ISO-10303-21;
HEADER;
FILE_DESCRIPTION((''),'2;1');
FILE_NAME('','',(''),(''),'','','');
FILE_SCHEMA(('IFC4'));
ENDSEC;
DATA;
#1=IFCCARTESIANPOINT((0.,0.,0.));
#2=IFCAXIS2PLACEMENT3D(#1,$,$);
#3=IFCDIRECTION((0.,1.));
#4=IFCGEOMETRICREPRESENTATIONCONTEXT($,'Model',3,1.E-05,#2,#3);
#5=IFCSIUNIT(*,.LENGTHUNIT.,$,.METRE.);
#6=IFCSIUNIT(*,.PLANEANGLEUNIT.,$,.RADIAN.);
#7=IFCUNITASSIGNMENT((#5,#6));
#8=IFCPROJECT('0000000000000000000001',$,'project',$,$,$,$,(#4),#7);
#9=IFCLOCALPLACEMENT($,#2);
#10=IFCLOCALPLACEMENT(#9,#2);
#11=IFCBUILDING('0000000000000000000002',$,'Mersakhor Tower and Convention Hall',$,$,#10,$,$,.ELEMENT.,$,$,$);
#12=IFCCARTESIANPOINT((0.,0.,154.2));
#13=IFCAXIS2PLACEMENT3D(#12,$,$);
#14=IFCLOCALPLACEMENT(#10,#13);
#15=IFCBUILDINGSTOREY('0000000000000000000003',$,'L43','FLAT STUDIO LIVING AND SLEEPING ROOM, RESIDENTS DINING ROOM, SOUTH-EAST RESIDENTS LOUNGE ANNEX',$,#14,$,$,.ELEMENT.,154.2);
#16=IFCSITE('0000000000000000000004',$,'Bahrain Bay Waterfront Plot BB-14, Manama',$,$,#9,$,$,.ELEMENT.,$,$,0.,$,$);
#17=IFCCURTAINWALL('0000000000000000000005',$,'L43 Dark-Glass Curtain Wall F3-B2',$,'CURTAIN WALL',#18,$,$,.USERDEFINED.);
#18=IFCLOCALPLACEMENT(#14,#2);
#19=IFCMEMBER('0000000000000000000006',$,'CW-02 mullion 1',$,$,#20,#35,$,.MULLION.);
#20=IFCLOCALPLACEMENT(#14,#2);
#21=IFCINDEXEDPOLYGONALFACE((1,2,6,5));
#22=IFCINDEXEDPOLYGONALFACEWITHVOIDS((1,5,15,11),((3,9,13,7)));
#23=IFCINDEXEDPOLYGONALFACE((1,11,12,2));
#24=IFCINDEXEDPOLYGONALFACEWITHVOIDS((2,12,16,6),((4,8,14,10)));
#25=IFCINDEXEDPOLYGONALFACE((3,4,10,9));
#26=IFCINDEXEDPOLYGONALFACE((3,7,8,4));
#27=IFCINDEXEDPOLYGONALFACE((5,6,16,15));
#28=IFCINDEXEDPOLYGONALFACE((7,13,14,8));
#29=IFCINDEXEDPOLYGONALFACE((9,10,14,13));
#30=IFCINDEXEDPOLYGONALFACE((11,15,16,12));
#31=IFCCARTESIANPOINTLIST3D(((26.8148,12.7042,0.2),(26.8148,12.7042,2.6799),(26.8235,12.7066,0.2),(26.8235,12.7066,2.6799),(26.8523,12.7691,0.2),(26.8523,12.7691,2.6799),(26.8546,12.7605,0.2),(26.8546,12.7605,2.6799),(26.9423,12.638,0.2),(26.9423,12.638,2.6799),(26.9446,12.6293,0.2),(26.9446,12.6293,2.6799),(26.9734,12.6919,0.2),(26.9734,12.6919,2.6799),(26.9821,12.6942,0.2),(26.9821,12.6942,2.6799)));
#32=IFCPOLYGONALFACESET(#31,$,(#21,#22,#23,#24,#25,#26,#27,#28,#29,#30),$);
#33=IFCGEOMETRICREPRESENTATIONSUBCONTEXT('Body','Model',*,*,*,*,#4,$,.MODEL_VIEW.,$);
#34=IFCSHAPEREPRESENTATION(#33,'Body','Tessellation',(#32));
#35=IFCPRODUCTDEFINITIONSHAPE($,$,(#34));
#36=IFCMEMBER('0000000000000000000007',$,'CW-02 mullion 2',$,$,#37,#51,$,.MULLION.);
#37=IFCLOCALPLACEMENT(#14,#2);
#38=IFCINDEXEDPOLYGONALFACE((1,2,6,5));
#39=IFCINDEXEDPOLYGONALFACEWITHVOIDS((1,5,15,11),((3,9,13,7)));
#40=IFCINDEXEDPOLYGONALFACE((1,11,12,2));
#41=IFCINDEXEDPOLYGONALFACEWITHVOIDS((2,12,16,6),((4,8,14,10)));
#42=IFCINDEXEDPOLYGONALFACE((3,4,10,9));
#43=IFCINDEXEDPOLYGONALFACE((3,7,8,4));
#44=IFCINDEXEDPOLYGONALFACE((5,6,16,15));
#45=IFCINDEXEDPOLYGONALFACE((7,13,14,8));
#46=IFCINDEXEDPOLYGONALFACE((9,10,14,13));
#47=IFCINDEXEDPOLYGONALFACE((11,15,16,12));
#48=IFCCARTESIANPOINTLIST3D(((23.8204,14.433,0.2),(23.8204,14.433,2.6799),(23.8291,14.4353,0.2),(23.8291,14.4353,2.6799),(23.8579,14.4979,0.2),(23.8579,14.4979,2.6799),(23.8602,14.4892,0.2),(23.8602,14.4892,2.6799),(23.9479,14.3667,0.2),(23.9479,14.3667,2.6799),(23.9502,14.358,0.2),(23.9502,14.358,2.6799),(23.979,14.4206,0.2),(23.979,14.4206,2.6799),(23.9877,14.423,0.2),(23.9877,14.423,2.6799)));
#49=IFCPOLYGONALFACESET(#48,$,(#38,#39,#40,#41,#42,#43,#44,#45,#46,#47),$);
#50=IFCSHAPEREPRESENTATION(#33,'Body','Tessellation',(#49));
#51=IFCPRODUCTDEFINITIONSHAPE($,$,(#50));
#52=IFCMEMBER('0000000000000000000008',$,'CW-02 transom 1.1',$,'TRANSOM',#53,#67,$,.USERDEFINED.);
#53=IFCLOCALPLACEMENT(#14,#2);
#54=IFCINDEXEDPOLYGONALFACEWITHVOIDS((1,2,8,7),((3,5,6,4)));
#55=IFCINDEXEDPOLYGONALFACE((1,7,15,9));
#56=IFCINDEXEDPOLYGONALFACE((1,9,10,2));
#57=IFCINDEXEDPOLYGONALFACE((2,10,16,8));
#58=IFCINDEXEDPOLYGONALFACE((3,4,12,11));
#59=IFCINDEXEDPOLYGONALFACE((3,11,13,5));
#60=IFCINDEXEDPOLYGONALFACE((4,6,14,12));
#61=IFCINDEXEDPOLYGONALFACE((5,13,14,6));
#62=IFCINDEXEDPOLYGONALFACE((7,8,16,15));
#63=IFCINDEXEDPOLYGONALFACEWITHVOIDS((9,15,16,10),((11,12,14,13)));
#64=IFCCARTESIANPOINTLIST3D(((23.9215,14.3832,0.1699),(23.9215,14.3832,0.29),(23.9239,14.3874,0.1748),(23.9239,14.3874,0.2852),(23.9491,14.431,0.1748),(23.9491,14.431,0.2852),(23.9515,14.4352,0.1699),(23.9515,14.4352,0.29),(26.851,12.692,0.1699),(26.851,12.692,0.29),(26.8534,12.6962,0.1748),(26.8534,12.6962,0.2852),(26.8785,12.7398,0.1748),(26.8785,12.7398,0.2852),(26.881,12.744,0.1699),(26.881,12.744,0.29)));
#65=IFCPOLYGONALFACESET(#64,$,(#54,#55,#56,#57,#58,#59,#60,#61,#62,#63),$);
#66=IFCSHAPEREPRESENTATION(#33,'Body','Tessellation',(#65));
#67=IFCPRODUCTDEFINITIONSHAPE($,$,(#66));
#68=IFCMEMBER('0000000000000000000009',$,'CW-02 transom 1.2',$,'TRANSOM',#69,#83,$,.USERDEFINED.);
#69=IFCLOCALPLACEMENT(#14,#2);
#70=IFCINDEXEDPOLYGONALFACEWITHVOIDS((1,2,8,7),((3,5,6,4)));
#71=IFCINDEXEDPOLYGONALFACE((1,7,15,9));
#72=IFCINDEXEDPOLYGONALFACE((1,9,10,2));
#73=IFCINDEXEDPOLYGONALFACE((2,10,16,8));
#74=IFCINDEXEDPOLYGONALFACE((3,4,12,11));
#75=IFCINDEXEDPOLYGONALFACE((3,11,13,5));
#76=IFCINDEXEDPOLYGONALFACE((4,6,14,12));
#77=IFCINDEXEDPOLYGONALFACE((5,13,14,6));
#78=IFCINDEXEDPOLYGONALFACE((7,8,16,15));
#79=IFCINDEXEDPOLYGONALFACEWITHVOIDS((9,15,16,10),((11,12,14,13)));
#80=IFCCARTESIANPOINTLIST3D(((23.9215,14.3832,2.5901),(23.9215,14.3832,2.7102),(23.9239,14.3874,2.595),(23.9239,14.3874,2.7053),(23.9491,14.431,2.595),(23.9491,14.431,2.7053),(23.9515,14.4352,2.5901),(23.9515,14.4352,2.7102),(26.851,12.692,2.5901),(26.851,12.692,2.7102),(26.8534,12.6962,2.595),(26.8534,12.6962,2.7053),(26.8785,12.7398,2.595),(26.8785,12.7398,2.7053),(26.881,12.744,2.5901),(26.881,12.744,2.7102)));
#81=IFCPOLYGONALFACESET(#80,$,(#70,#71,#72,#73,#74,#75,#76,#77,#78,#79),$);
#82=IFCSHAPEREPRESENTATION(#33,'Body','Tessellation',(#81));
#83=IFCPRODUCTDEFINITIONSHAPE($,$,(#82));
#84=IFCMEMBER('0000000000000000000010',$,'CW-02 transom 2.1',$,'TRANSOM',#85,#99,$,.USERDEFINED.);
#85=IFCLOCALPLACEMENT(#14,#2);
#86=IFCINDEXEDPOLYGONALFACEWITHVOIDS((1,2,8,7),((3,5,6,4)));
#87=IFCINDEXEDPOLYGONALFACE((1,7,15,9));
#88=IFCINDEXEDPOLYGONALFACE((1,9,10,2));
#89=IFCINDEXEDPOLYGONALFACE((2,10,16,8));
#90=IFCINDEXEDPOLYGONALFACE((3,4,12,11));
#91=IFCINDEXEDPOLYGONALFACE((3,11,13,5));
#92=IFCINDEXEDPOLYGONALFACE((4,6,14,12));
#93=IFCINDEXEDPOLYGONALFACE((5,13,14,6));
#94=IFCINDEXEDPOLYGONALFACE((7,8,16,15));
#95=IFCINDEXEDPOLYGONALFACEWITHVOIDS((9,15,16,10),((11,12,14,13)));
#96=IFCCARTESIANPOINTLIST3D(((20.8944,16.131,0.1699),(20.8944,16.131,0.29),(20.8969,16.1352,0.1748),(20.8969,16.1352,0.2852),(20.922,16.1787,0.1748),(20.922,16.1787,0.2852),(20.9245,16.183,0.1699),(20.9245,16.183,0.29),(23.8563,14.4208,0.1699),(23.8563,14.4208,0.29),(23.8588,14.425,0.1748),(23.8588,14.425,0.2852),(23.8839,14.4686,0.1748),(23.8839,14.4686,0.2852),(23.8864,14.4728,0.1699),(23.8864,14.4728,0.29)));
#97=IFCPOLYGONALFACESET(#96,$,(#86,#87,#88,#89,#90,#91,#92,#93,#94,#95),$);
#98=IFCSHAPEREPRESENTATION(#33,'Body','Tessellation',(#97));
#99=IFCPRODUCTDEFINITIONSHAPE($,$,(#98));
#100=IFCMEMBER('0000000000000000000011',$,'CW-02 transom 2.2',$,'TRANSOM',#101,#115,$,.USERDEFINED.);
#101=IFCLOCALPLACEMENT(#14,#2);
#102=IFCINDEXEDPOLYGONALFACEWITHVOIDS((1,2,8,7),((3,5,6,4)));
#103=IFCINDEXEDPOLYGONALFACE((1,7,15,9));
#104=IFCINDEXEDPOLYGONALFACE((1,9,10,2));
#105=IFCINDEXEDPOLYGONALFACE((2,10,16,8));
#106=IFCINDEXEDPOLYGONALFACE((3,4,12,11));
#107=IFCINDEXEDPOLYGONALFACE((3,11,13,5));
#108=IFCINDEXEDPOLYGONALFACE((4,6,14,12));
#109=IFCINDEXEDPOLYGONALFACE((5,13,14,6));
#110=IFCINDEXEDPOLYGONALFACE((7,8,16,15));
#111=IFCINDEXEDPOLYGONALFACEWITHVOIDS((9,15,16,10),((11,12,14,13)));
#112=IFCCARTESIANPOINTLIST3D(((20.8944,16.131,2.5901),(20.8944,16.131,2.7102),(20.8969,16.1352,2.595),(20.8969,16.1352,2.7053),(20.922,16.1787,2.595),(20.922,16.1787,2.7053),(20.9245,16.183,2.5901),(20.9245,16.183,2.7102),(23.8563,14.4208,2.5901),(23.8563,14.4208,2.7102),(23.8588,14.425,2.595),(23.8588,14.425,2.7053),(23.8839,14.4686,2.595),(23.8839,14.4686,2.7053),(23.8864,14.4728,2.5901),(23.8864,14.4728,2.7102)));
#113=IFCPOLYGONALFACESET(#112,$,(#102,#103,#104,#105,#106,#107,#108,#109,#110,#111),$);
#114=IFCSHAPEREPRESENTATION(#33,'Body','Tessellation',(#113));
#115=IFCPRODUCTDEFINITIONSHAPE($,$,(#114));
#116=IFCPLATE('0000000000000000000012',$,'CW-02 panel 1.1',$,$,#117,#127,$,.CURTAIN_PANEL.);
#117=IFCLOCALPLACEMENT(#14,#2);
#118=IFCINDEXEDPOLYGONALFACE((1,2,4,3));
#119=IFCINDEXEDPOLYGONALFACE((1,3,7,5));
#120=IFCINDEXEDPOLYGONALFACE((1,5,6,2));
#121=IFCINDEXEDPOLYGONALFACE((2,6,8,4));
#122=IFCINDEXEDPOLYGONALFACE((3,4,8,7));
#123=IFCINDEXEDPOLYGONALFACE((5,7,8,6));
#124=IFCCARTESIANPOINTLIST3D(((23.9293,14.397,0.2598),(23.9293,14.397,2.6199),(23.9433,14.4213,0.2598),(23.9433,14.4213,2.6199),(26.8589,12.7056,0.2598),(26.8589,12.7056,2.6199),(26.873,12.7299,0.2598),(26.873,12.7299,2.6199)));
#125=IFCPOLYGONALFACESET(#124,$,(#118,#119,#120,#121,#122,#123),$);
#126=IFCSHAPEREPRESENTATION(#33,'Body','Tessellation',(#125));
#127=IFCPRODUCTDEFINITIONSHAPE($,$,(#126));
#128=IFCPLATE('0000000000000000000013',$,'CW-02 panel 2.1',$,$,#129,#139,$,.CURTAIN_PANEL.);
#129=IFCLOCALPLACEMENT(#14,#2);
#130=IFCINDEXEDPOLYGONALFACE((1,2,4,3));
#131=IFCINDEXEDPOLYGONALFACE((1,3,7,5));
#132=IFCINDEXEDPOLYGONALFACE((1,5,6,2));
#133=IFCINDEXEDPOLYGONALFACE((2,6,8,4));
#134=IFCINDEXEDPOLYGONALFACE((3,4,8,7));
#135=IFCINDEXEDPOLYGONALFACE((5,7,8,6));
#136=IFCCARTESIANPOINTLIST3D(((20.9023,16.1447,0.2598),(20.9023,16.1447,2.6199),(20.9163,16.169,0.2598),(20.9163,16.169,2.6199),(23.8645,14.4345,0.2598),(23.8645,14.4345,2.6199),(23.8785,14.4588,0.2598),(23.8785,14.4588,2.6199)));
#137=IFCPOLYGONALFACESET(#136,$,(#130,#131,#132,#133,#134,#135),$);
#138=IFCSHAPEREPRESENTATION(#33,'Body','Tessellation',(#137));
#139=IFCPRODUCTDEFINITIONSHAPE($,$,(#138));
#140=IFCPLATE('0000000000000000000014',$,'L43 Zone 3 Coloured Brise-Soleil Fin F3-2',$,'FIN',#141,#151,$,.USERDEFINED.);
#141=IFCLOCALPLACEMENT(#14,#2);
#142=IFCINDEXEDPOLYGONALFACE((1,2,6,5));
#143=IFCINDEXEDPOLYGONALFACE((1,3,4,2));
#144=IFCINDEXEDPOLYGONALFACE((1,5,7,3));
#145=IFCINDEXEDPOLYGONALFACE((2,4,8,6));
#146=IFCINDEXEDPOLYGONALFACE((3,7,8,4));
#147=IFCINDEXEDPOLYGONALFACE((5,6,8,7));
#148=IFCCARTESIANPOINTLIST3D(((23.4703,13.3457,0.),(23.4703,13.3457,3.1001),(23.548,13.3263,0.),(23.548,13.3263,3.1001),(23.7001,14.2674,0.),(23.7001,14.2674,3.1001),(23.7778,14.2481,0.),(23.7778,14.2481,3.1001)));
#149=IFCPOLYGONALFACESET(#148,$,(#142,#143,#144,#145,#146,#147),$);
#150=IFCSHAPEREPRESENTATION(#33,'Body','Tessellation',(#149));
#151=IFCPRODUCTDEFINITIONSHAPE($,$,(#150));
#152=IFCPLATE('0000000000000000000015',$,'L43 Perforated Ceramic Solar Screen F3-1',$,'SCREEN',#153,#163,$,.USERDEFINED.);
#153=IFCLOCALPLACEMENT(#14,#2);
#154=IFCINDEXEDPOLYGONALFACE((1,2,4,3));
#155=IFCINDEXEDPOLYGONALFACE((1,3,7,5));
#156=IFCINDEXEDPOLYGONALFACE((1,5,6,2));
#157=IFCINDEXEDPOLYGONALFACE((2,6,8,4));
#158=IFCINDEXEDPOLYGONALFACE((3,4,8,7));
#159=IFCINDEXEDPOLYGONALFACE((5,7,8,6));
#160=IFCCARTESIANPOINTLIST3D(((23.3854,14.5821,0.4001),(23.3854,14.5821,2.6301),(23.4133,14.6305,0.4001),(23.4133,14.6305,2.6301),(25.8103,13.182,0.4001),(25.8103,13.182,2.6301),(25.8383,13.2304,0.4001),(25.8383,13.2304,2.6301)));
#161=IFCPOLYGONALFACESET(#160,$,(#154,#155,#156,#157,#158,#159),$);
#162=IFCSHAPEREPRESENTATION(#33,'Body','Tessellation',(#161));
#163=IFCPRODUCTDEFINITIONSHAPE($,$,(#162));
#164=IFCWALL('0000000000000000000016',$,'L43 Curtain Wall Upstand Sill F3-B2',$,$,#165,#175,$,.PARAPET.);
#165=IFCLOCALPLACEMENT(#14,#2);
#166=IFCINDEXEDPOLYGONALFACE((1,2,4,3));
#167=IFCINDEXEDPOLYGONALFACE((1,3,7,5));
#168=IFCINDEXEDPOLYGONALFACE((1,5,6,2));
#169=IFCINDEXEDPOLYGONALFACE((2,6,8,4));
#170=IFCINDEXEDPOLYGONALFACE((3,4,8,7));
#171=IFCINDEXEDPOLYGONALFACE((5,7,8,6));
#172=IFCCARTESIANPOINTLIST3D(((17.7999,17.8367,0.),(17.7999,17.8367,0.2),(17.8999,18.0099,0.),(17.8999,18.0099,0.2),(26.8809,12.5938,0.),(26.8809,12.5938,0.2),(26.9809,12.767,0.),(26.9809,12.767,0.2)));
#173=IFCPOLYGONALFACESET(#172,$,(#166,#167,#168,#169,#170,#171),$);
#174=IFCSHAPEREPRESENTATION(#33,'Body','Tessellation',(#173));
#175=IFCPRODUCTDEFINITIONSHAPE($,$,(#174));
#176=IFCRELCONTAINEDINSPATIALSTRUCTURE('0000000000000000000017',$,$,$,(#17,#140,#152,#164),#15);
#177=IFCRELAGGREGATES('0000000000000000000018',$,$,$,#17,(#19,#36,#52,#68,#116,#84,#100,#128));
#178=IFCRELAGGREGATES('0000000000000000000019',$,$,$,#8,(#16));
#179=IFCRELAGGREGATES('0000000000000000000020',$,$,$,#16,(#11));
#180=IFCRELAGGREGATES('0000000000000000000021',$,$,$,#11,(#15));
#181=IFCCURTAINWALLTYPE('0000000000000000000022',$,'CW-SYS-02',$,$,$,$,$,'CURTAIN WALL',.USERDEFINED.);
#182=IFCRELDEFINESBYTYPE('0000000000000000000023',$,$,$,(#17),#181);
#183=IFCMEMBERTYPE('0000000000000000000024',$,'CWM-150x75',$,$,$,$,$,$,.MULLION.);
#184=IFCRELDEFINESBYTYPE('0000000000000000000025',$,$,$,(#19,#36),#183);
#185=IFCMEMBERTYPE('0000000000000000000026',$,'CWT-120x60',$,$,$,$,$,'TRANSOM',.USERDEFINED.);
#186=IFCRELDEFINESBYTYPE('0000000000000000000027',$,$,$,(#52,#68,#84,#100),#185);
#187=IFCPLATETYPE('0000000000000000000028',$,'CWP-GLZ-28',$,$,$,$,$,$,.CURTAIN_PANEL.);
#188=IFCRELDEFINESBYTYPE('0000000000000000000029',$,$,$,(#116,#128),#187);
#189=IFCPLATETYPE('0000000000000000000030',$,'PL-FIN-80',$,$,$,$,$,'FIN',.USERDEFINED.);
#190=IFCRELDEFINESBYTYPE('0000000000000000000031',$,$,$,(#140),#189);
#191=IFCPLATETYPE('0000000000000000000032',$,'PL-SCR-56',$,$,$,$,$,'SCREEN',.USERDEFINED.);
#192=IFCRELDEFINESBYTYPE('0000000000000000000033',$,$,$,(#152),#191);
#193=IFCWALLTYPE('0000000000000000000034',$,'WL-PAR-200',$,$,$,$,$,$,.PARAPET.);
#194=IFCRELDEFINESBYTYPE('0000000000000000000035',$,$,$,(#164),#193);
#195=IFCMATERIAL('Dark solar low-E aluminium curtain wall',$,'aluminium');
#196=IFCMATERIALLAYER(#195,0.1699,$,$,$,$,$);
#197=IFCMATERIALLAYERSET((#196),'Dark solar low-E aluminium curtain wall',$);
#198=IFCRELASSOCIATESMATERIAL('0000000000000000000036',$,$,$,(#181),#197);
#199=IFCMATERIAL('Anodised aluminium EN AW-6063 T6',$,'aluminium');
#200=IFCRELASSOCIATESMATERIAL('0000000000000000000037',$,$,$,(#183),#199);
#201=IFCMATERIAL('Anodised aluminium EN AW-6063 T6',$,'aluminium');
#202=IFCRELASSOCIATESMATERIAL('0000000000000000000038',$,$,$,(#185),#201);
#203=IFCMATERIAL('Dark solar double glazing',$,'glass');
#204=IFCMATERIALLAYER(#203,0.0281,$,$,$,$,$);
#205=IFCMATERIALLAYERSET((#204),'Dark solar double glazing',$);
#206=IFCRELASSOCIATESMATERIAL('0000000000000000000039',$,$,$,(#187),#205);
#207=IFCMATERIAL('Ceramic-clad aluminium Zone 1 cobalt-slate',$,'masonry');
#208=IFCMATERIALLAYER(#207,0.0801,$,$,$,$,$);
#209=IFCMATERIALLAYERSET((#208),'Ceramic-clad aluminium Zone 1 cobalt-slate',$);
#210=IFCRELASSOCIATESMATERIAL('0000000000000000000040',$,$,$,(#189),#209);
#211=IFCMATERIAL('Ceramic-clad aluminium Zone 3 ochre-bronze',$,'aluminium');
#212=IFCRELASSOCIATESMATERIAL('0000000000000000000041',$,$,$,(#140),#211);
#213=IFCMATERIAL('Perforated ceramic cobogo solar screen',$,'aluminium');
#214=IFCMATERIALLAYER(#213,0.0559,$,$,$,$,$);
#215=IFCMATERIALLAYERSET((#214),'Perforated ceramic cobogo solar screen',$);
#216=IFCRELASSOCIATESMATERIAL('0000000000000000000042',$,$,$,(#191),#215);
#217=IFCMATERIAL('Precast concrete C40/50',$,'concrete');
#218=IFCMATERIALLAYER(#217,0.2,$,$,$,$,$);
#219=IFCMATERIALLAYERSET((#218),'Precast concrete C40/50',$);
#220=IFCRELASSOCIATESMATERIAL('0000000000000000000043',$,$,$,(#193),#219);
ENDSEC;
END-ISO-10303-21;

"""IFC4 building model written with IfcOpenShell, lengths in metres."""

from ifc_helpers import new_model, si_unit, direction, frame, frame_2d, origin, origin_2d, place, context, subcontext, project, spatial, rectangle, hollow_rectangle, extrude, material, layer, layer_set, material_profile, profile_set, type_object, element, aggregate, save


model = new_model("IFC4")

# Units and contexts
model_context = context("Model", 3, precision=1e-05, world=origin(), true_north=direction((0.0, 1.0)))
body_context = subcontext(model_context, "Body", "Model", "MODEL_VIEW")
ifc_project = project(units=[si_unit("LENGTHUNIT", "METRE"), si_unit("PLANEANGLEUNIT", "RADIAN")], contexts=[model_context])

# Site, building, storey
site_placement = place(None, origin())
site = spatial("IfcSite", under=ifc_project, at=site_placement, Name="Bahrain Bay Waterfront Plot BB-14, Manama", CompositionType="ELEMENT", RefElevation=0.0)
building_placement = place(site_placement, origin())
building = spatial("IfcBuilding", under=site, at=building_placement, Name="Mersakhor Tower and Convention Hall", CompositionType="ELEMENT")
storey_placement = place(building_placement, frame((0.0, 0.0, 154.2)))
storey = spatial("IfcBuildingStorey", under=building, at=storey_placement, Name="L43", Description="FLAT STUDIO LIVING AND SLEEPING ROOM, RESIDENTS DINING ROOM, SOUTH-EAST RESIDENTS LOUNGE ANNEX", CompositionType="ELEMENT", Elevation=154.2)

# Curtain wall, members, plates
ifc_material_1 = material(Name="Dark solar low-E aluminium curtain wall", Category="aluminium")
ifc_layer_1 = layer(ifc_material_1, 0.1699)
ifc_layer_set_1 = layer_set([ifc_layer_1], Name="Dark solar low-E aluminium curtain wall")
curtain_wall_type = type_object("IfcCurtainWallType", Name="CW-SYS-02", ElementType="CURTAIN WALL", PredefinedType="USERDEFINED", material=ifc_layer_set_1)
curtain_wall_placement = place(storey_placement, origin())
curtain_wall = element("IfcCurtainWall", 1, at=curtain_wall_placement, inside=storey, type_object=curtain_wall_type, Name="L43 Dark-Glass Curtain Wall F3-B2", ObjectType="CURTAIN WALL", PredefinedType="USERDEFINED")
ifc_material_2 = material(Name="Anodised aluminium EN AW-6063 T6", Category="aluminium")
ifc_material_profile_1 = material_profile(ifc_material_2, hollow_rectangle(XDim=0.075, YDim=0.1499, WallThickness=0.0063, at=origin_2d()), Name="RHS 150x75x6.3")
ifc_profile_set_1 = profile_set([ifc_material_profile_1], Name="Anodised aluminium EN AW-6063 T6")
member_type_1 = type_object("IfcMemberType", Name="CWM-150x75", PredefinedType="MULLION", material=ifc_profile_set_1)
member_1_placement = place(storey_placement, frame((26.8984, 12.6992, 0.2), z_axis=(0.0, 0.0, 1.0), x_axis=(-0.49999, -0.866031, 0.0)))
member_1 = element("IfcMember", 2, at=member_1_placement, type_object=member_type_1, Name="CW-02 mullion 1", PredefinedType="MULLION", context=body_context, shape_type="SweptSolid", body=[
    extrude(hollow_rectangle(XDim=0.075, YDim=0.1499, WallThickness=0.0063, at=origin_2d()), origin(), (0.0, 0.0, 1.0), 2.48),
])
member_2_placement = place(storey_placement, frame((23.9041, 14.428, 0.2), z_axis=(0.0, 0.0, 1.0), x_axis=(-0.49999, -0.866031, 0.0)))
member_2 = element("IfcMember", 3, at=member_2_placement, type_object=member_type_1, Name="CW-02 mullion 2", PredefinedType="MULLION", context=body_context, shape_type="SweptSolid", body=[
    extrude(hollow_rectangle(XDim=0.075, YDim=0.1499, WallThickness=0.0063, at=origin_2d()), origin(), (0.0, 0.0, 1.0), 2.48),
])
ifc_material_3 = material(Name="Anodised aluminium EN AW-6063 T6", Category="aluminium")
ifc_material_profile_2 = material_profile(ifc_material_3, hollow_rectangle(XDim=0.0601, YDim=0.1201, WallThickness=0.0049, at=origin_2d()), Name="RHS 120x60x5")
ifc_profile_set_2 = profile_set([ifc_material_profile_2], Name="Anodised aluminium EN AW-6063 T6")
member_type_2 = type_object("IfcMemberType", Name="CWT-120x60", ElementType="TRANSOM", PredefinedType="USERDEFINED", material=ifc_profile_set_2)
member_3_placement = place(storey_placement, frame((26.866, 12.718, 0.23), z_axis=(-0.866045, 0.499966, 0.0), x_axis=(-0.499966, -0.866045, 0.0)))
member_3 = element("IfcMember", 4, at=member_3_placement, type_object=member_type_2, Name="CW-02 transom 1.1", ObjectType="TRANSOM", PredefinedType="USERDEFINED", context=body_context, shape_type="SweptSolid", body=[
    extrude(hollow_rectangle(XDim=0.0601, YDim=0.1201, WallThickness=0.0049, at=origin_2d()), origin(), (0.0, 0.0, 1.0), 3.3826),
])
member_4_placement = place(storey_placement, frame((26.866, 12.718, 2.6501), z_axis=(-0.866045, 0.499966, 0.0), x_axis=(-0.499966, -0.866045, 0.0)))
member_4 = element("IfcMember", 5, at=member_4_placement, type_object=member_type_2, Name="CW-02 transom 1.2", ObjectType="TRANSOM", PredefinedType="USERDEFINED", context=body_context, shape_type="SweptSolid", body=[
    extrude(hollow_rectangle(XDim=0.0601, YDim=0.1201, WallThickness=0.0049, at=origin_2d()), origin(), (0.0, 0.0, 1.0), 3.3826),
])
member_5_placement = place(storey_placement, frame((23.8713, 14.4468, 0.23), z_axis=(-0.866007, 0.500031, 0.0), x_axis=(-0.500031, -0.866007, 0.0)))
member_5 = element("IfcMember", 6, at=member_5_placement, type_object=member_type_2, Name="CW-02 transom 2.1", ObjectType="TRANSOM", PredefinedType="USERDEFINED", context=body_context, shape_type="SweptSolid", body=[
    extrude(hollow_rectangle(XDim=0.0601, YDim=0.1201, WallThickness=0.0049, at=origin_2d()), origin(), (0.0, 0.0, 1.0), 3.4202),
])
member_6_placement = place(storey_placement, frame((23.8713, 14.4468, 2.6501), z_axis=(-0.866007, 0.500031, 0.0), x_axis=(-0.500031, -0.866007, 0.0)))
member_6 = element("IfcMember", 7, at=member_6_placement, type_object=member_type_2, Name="CW-02 transom 2.2", ObjectType="TRANSOM", PredefinedType="USERDEFINED", context=body_context, shape_type="SweptSolid", body=[
    extrude(hollow_rectangle(XDim=0.0601, YDim=0.1201, WallThickness=0.0049, at=origin_2d()), origin(), (0.0, 0.0, 1.0), 3.4202),
])
ifc_material_4 = material(Name="Dark solar double glazing", Category="glass")
ifc_layer_2 = layer(ifc_material_4, 0.0281)
ifc_layer_set_2 = layer_set([ifc_layer_2], Name="Dark solar double glazing")
plate_type_1 = type_object("IfcPlateType", Name="CWP-GLZ-28", PredefinedType="CURTAIN_PANEL", material=ifc_layer_set_2)
plate_1_placement = place(storey_placement, frame((25.4011, 13.5635, 0.2598), z_axis=(0.0, 0.0, 1.0), x_axis=(-0.866031, 0.49999, 0.0)))
plate_1 = element("IfcPlate", 8, at=plate_1_placement, type_object=plate_type_1, Name="CW-02 panel 1.1", PredefinedType="CURTAIN_PANEL", context=body_context, shape_type="SweptSolid", body=[
    extrude(rectangle(XDim=3.3828, YDim=0.0281, at=origin_2d()), origin(), (0.0, 0.0, 1.0), 2.3601),
])
plate_2_placement = place(storey_placement, frame((22.3904, 15.3018, 0.2598), z_axis=(0.0, 0.0, 1.0), x_axis=(-0.866031, 0.49999, 0.0)))
plate_2 = element("IfcPlate", 9, at=plate_2_placement, type_object=plate_type_1, Name="CW-02 panel 2.1", PredefinedType="CURTAIN_PANEL", context=body_context, shape_type="SweptSolid", body=[
    extrude(rectangle(XDim=3.4204, YDim=0.0281, at=origin_2d()), origin(), (0.0, 0.0, 1.0), 2.3601),
])
aggregate(curtain_wall, [member_1, member_2, member_3, member_4, plate_1, member_5, member_6, plate_2])

# Plates
ifc_material_5 = material(Name="Ceramic-clad aluminium Zone 3 ochre-bronze", Category="aluminium")
ifc_material_6 = material(Name="Ceramic-clad aluminium Zone 1 cobalt-slate", Category="masonry")
ifc_layer_3 = layer(ifc_material_6, 0.0801)
ifc_layer_set_3 = layer_set([ifc_layer_3], Name="Ceramic-clad aluminium Zone 1 cobalt-slate")
plate_type_2 = type_object("IfcPlateType", Name="PL-FIN-80", ElementType="FIN", PredefinedType="USERDEFINED", material=ifc_layer_set_3)
plate_3_placement = place(storey_placement, frame((23.624, 13.7969, 0.0), z_axis=(0.0, 0.0, 1.0), x_axis=(-0.241922, -0.970296, 0.0)))
element("IfcPlate", 10, at=plate_3_placement, inside=storey, type_object=plate_type_2, material=ifc_material_5, Name="L43 Zone 3 Coloured Brise-Soleil Fin F3-2", ObjectType="FIN", PredefinedType="USERDEFINED", context=body_context, shape_type="SweptSolid", body=[
    extrude(rectangle(XDim=0.95, YDim=0.0801, at=origin_2d()), origin(), (0.0, 0.0, 1.0), 3.1001),
])
ifc_material_7 = material(Name="Perforated ceramic cobogo solar screen", Category="aluminium")
ifc_layer_4 = layer(ifc_material_7, 0.0559)
ifc_layer_set_4 = layer_set([ifc_layer_4], Name="Perforated ceramic cobogo solar screen")
plate_type_3 = type_object("IfcPlateType", Name="PL-SCR-56", ElementType="SCREEN", PredefinedType="USERDEFINED", material=ifc_layer_set_4)
plate_4_placement = place(storey_placement, frame((24.6118, 13.9062, 0.4001), z_axis=(0.0, 0.0, 1.0), x_axis=(-0.866025, 0.5, 0.0)))
element("IfcPlate", 11, at=plate_4_placement, inside=storey, type_object=plate_type_3, Name="L43 Perforated Ceramic Solar Screen F3-1", ObjectType="SCREEN", PredefinedType="USERDEFINED", context=body_context, shape_type="SweptSolid", body=[
    extrude(rectangle(XDim=2.8, YDim=0.0559, at=origin_2d()), origin(), (0.0, 0.0, 1.0), 2.23),
])

# Wall
ifc_material_8 = material(Name="Precast concrete C40/50", Category="concrete")
ifc_layer_5 = layer(ifc_material_8, 0.2)
ifc_layer_set_5 = layer_set([ifc_layer_5], Name="Precast concrete C40/50")
wall_type_1 = type_object("IfcWallType", Name="WL-PAR-200", PredefinedType="PARAPET", material=ifc_layer_set_5)
wall_1_placement = place(storey_placement, frame((26.9309, 12.6804, 0.0), z_axis=(0.0, 0.0, 1.0), x_axis=(-0.866027, 0.499998, 0.0)))
element("IfcWall", 12, at=wall_1_placement, inside=storey, type_object=wall_type_1, Name="L43 Curtain Wall Upstand Sill F3-B2", PredefinedType="PARAPET", context=body_context, shape_type="SweptSolid", body=[
    extrude(rectangle(XDim=10.4858, YDim=0.2, at=frame_2d((5.2429, 0.0))), origin(), (0.0, 0.0, 1.0), 0.2),
])

save(model, "model.ifc")
